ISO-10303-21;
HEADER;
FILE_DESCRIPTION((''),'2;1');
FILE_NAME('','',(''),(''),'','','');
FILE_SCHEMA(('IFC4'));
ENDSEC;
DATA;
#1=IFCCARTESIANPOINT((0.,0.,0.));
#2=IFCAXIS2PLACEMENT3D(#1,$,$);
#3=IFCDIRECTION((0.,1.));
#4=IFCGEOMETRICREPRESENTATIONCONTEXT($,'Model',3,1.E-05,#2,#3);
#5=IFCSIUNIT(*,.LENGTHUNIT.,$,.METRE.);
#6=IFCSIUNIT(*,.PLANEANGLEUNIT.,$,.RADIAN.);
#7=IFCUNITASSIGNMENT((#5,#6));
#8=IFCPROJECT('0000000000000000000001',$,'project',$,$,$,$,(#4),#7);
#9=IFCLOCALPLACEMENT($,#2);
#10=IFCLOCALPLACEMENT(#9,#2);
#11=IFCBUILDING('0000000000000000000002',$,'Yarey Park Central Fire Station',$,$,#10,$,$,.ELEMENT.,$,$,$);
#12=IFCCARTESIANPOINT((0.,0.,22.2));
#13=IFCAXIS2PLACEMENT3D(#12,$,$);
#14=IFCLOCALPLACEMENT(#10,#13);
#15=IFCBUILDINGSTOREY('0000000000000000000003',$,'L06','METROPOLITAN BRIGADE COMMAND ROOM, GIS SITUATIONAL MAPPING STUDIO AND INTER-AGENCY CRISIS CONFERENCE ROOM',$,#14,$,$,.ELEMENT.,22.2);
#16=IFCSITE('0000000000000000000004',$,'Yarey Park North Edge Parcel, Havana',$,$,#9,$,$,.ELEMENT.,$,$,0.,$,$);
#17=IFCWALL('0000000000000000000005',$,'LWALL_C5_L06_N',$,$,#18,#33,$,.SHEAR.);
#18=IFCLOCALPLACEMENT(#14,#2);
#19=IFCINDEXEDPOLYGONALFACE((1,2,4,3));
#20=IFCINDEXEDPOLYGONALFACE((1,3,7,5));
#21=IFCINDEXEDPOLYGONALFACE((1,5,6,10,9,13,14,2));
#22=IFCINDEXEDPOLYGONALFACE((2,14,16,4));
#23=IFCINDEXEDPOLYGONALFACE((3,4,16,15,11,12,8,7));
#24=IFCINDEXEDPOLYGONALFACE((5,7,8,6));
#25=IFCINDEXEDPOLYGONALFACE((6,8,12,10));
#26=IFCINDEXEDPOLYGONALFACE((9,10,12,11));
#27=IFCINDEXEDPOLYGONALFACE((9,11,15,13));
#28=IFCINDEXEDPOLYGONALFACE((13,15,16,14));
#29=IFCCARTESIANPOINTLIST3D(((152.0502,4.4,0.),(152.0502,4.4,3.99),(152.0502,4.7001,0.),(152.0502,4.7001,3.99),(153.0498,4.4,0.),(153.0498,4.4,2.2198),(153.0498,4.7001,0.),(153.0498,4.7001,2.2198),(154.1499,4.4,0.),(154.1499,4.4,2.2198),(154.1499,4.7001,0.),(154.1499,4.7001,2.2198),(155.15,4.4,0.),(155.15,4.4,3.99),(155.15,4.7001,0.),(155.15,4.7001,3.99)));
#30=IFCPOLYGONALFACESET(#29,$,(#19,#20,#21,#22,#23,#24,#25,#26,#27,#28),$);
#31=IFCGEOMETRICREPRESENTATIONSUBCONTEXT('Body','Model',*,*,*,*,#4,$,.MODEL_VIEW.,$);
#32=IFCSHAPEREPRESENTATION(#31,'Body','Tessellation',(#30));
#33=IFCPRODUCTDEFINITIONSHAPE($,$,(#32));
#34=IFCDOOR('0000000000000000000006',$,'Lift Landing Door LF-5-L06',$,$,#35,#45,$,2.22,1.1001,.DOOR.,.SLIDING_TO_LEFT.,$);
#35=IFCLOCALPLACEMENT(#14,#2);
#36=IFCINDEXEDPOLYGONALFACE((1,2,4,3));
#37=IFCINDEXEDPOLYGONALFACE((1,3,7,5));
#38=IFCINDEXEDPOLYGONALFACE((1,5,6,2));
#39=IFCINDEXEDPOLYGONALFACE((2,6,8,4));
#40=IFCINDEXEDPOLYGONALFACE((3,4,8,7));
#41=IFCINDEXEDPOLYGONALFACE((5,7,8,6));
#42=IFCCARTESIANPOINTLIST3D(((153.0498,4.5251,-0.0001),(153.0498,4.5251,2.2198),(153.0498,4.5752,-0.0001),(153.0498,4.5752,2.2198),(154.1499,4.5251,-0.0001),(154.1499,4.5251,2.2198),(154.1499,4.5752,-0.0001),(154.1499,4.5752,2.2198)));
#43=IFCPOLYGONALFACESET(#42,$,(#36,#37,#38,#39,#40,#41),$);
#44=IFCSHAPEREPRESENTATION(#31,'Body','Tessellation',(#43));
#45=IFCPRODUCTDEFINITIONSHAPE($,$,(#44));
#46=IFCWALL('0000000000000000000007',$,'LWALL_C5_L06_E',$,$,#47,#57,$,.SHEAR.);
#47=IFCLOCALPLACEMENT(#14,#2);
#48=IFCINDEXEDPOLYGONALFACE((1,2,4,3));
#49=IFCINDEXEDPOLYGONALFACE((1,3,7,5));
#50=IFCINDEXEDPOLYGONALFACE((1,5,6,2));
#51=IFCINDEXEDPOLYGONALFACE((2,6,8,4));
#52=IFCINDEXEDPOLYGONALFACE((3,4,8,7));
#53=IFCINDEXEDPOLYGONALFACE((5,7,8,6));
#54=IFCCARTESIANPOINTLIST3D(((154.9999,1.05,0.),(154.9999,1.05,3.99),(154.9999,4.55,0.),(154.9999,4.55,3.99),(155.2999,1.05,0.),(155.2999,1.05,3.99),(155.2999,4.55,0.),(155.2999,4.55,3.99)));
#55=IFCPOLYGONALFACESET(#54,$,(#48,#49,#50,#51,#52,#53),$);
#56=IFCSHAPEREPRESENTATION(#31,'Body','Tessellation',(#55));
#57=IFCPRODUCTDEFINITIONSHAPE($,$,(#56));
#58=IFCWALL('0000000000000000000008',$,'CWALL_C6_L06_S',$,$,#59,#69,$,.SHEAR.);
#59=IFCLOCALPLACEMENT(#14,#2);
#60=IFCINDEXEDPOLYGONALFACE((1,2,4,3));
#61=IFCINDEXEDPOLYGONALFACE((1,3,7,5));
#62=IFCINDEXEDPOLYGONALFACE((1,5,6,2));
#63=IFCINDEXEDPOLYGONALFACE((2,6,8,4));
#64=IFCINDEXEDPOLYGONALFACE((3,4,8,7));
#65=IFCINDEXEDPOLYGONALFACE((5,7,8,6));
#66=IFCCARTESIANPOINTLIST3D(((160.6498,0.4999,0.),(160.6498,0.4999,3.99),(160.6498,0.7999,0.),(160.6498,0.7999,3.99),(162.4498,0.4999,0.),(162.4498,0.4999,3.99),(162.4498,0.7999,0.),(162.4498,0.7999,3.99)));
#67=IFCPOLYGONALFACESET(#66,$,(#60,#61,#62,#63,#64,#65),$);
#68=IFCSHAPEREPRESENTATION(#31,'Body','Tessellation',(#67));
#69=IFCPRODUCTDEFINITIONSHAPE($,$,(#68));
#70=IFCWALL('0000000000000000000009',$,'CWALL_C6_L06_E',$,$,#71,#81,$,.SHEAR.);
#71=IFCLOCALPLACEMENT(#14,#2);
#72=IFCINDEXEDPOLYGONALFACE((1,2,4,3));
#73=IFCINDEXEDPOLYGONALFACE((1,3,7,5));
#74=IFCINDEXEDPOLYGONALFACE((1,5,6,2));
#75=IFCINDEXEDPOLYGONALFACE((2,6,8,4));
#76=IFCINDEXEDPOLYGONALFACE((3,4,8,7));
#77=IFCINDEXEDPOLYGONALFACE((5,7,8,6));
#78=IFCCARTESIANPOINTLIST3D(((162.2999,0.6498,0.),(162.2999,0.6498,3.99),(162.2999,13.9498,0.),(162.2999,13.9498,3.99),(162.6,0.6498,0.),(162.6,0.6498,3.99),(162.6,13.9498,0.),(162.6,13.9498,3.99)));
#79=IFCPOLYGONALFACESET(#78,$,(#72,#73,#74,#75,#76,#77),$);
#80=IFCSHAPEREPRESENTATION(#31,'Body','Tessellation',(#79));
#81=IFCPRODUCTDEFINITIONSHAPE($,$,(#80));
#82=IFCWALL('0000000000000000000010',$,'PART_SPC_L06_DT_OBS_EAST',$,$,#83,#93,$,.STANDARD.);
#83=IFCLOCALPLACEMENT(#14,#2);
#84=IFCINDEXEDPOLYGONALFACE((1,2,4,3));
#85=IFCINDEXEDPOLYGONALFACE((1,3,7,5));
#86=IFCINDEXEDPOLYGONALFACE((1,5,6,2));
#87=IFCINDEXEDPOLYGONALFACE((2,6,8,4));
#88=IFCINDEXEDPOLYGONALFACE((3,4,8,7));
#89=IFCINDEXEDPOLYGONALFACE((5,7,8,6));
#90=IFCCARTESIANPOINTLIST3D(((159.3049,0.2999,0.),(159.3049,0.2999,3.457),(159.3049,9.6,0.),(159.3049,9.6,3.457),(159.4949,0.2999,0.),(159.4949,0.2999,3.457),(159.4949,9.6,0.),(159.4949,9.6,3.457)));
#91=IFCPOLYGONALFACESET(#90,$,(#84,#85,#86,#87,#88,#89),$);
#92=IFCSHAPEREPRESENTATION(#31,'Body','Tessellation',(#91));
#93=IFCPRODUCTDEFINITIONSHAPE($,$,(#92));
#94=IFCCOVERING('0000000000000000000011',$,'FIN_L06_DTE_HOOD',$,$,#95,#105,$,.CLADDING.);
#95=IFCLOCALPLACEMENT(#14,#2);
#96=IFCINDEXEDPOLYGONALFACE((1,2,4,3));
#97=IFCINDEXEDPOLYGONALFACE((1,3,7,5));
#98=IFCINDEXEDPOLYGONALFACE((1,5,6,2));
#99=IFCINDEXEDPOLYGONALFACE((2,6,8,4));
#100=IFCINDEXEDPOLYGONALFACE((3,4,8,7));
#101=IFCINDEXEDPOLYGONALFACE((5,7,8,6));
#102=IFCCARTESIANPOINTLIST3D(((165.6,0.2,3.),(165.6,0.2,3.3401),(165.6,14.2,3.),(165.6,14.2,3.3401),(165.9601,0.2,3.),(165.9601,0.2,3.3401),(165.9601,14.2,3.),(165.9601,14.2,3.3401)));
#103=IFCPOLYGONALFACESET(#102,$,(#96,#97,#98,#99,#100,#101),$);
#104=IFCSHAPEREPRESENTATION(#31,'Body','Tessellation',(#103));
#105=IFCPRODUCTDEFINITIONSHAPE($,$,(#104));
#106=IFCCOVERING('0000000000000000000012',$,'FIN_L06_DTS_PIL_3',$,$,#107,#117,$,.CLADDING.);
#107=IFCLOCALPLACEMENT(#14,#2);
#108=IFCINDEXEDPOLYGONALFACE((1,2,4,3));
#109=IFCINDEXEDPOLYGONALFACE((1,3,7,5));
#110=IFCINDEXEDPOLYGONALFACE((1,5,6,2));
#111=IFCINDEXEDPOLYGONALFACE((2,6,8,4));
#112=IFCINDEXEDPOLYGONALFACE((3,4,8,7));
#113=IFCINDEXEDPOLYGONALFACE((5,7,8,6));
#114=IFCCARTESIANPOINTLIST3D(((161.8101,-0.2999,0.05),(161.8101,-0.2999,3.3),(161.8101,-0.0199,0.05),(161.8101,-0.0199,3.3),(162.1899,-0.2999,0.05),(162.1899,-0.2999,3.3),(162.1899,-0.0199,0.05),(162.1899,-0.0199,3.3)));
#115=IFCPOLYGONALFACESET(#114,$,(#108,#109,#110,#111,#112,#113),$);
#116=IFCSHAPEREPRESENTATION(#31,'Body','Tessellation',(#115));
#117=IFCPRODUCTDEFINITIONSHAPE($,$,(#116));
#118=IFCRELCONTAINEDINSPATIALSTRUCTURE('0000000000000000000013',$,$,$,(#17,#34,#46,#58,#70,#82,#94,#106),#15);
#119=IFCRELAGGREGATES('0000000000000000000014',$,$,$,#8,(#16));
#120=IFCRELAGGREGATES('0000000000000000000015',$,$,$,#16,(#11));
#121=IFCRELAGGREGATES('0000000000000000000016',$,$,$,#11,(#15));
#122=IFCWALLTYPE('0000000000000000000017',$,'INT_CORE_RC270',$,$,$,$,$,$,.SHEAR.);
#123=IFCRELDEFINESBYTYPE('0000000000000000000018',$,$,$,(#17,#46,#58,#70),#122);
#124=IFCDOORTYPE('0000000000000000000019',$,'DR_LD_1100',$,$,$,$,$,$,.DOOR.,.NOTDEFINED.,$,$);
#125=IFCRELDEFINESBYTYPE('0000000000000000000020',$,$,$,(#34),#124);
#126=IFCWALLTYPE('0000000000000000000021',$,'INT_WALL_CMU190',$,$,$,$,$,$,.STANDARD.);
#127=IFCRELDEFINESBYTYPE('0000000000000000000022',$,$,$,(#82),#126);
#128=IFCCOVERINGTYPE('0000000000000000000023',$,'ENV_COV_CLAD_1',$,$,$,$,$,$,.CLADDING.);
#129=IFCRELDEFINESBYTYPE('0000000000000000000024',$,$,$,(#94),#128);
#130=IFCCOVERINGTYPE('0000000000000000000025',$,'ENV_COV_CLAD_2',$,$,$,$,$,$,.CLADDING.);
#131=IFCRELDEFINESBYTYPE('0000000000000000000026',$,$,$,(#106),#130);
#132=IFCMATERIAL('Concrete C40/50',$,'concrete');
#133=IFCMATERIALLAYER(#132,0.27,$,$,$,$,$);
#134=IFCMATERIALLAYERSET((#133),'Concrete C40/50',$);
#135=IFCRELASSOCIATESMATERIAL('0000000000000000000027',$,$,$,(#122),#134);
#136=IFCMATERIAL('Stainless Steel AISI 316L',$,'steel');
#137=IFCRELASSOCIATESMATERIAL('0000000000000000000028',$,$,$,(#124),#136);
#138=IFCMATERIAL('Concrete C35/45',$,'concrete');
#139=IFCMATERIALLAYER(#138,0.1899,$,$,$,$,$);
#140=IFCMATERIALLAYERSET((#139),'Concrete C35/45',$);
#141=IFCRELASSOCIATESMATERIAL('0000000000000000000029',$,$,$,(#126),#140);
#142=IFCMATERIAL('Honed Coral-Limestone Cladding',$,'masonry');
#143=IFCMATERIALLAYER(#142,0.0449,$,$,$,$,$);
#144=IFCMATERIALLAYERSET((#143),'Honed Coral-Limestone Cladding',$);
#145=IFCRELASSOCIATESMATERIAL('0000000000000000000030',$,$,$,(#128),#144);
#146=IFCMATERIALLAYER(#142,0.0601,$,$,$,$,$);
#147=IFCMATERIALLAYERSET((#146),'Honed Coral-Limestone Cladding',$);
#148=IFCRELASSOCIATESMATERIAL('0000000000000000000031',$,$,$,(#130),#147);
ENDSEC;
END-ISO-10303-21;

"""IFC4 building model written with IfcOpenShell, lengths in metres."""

from ifc_helpers import new_model, si_unit, direction, frame, frame_2d, origin, origin_2d, place, context, subcontext, project, spatial, rectangle, extrude, material, layer, layer_set, type_object, element, fill, save


model = new_model("IFC4")

# Units and contexts
model_context = context("Model", 3, precision=1e-05, world=origin(), true_north=direction((0.0, 1.0)))
body_context = subcontext(model_context, "Body", "Model", "MODEL_VIEW")
ifc_project = project(units=[si_unit("LENGTHUNIT", "METRE"), si_unit("PLANEANGLEUNIT", "RADIAN")], contexts=[model_context])

# Site, building, storey
site_placement = place(None, origin())
site = spatial("IfcSite", under=ifc_project, at=site_placement, Name="Yarey Park North Edge Parcel, Havana", CompositionType="ELEMENT", RefElevation=0.0)
building_placement = place(site_placement, origin())
building = spatial("IfcBuilding", under=site, at=building_placement, Name="Yarey Park Central Fire Station", CompositionType="ELEMENT")
storey_placement = place(building_placement, frame((0.0, 0.0, 22.2)))
storey = spatial("IfcBuildingStorey", under=building, at=storey_placement, Name="L06", Description="METROPOLITAN BRIGADE COMMAND ROOM, GIS SITUATIONAL MAPPING STUDIO AND INTER-AGENCY CRISIS CONFERENCE ROOM", CompositionType="ELEMENT", Elevation=22.2)

# Shared definitions
ifc_material_1 = material(Name="Concrete C40/50", Category="concrete")

# Wall, opening, door
ifc_layer_1 = layer(ifc_material_1, 0.27)
ifc_layer_set_1 = layer_set([ifc_layer_1], Name="Concrete C40/50")
wall_type_1 = type_object("IfcWallType", Name="INT_CORE_RC270", PredefinedType="SHEAR", material=ifc_layer_set_1)
wall_1_placement = place(storey_placement, frame((155.1499, 4.55, 0.0), z_axis=(0.0, 0.0, 1.0), x_axis=(-1.0, 0.0, 0.0)))
wall_1 = element("IfcWall", 1, at=wall_1_placement, inside=storey, type_object=wall_type_1, Name="LWALL_C5_L06_N", PredefinedType="SHEAR", context=body_context, shape_type="SweptSolid", body=[
    extrude(rectangle(XDim=3.0999, YDim=0.3, at=frame_2d((1.5498, 0.0))), origin(), (0.0, 0.0, 1.0), 3.99),
])
opening_1_placement = place(wall_1_placement, frame((1.0, 0.0, 0.0)))
opening_1 = element("IfcOpeningElement", 2, at=opening_1_placement, cuts=wall_1, PredefinedType="OPENING", context=body_context, shape_type="SweptSolid", body=[
    extrude(rectangle(XDim=1.1001, YDim=2.22, at=frame_2d((0.55, 1.1099))), frame((0.0, 0.1599, 0.0), z_axis=(0.0, -1.0, 0.0), x_axis=(1.0, 0.0, 0.0)), (0.0, 0.0, 1.0), 0.3201),
])
ifc_material_2 = material(Name="Stainless Steel AISI 316L", Category="steel")
door_type = type_object("IfcDoorType", Name="DR_LD_1100", OperationType="NOTDEFINED", PredefinedType="DOOR", material=ifc_material_2)
door_placement = place(opening_1_placement, origin())
door = element("IfcDoor", 3, at=door_placement, inside=storey, type_object=door_type, Name="Lift Landing Door LF-5-L06", OperationType="SLIDING_TO_LEFT", OverallHeight=2.22, OverallWidth=1.1001, PredefinedType="DOOR", context=body_context, shape_type="SweptSolid", body=[
    extrude(rectangle(XDim=1.1001, YDim=2.22, at=frame_2d((0.55, 1.1099))), frame((0.0, 0.0249, 0.0), z_axis=(0.0, -1.0, 0.0), x_axis=(1.0, 0.0, 0.0)), (0.0, 0.0, 1.0), 0.05),
])
fill(opening_1, door)

# Walls
wall_2_placement = place(storey_placement, frame((155.1499, 1.05, 0.0), z_axis=(0.0, 0.0, 1.0), x_axis=(0.0, 1.0, 0.0)))
element("IfcWall", 4, at=wall_2_placement, inside=storey, type_object=wall_type_1, Name="LWALL_C5_L06_E", PredefinedType="SHEAR", context=body_context, shape_type="SweptSolid", body=[
    extrude(rectangle(XDim=3.5, YDim=0.3, at=frame_2d((1.75, 0.0))), origin(), (0.0, 0.0, 1.0), 3.99),
])
wall_3_placement = place(storey_placement, frame((160.6499, 0.6499, 0.0), z_axis=(0.0, 0.0, 1.0), x_axis=(1.0, 0.0, 0.0)))
element("IfcWall", 5, at=wall_3_placement, inside=storey, type_object=wall_type_1, Name="CWALL_C6_L06_S", PredefinedType="SHEAR", context=body_context, shape_type="SweptSolid", body=[
    extrude(rectangle(XDim=1.8, YDim=0.3, at=frame_2d((0.8999, 0.0))), origin(), (0.0, 0.0, 1.0), 3.99),
])
wall_4_placement = place(storey_placement, frame((162.45, 0.6499, 0.0), z_axis=(0.0, 0.0, 1.0), x_axis=(0.0, 1.0, 0.0)))
element("IfcWall", 6, at=wall_4_placement, inside=storey, type_object=wall_type_1, Name="CWALL_C6_L06_E", PredefinedType="SHEAR", context=body_context, shape_type="SweptSolid", body=[
    extrude(rectangle(XDim=13.3, YDim=0.3, at=frame_2d((6.6499, 0.0))), origin(), (0.0, 0.0, 1.0), 3.99),
])
ifc_material_3 = material(Name="Concrete C35/45", Category="concrete")
ifc_layer_2 = layer(ifc_material_3, 0.1899)
ifc_layer_set_2 = layer_set([ifc_layer_2], Name="Concrete C35/45")
wall_type_2 = type_object("IfcWallType", Name="INT_WALL_CMU190", PredefinedType="STANDARD", material=ifc_layer_set_2)
wall_5_placement = place(storey_placement, frame((159.3999, 0.3, 0.0), z_axis=(0.0, 0.0, 1.0), x_axis=(0.0, 1.0, 0.0)))
element("IfcWall", 7, at=wall_5_placement, inside=storey, type_object=wall_type_2, Name="PART_SPC_L06_DT_OBS_EAST", PredefinedType="STANDARD", context=body_context, shape_type="SweptSolid", body=[
    extrude(rectangle(XDim=9.3, YDim=0.1899, at=frame_2d((4.6499, 0.0))), origin(), (0.0, 0.0, 1.0), 3.457),
])

# Coverings
ifc_material_4 = material(Name="Honed Coral-Limestone Cladding", Category="masonry")
ifc_layer_3 = layer(ifc_material_4, 0.0449)
ifc_layer_set_3 = layer_set([ifc_layer_3], Name="Honed Coral-Limestone Cladding")
covering_type_1 = type_object("IfcCoveringType", Name="ENV_COV_CLAD_1", PredefinedType="CLADDING", material=ifc_layer_set_3)
covering_1_placement = place(storey_placement, frame((165.78, 7.2, 3.0), z_axis=(0.0, 0.0, 1.0), x_axis=(0.0, 1.0, 0.0)))
element("IfcCovering", 8, at=covering_1_placement, inside=storey, type_object=covering_type_1, Name="FIN_L06_DTE_HOOD", PredefinedType="CLADDING", context=body_context, shape_type="SweptSolid", body=[
    extrude(rectangle(XDim=14.0, YDim=0.3601, at=origin_2d()), origin(), (0.0, 0.0, 1.0), 0.3401),
])
ifc_layer_4 = layer(ifc_material_4, 0.0601)
ifc_layer_set_4 = layer_set([ifc_layer_4], Name="Honed Coral-Limestone Cladding")
covering_type_2 = type_object("IfcCoveringType", Name="ENV_COV_CLAD_2", PredefinedType="CLADDING", material=ifc_layer_set_4)
covering_2_placement = place(storey_placement, frame((162.0, -0.1599, 0.05), z_axis=(0.0, 0.0, 1.0), x_axis=(1.0, 0.0, 0.0)))
element("IfcCovering", 9, at=covering_2_placement, inside=storey, type_object=covering_type_2, Name="FIN_L06_DTS_PIL_3", PredefinedType="CLADDING", context=body_context, shape_type="SweptSolid", body=[
    extrude(rectangle(XDim=0.3799, YDim=0.28, at=origin_2d()), origin(), (0.0, 0.0, 1.0), 3.25),
])

save(model, "model.ifc")
